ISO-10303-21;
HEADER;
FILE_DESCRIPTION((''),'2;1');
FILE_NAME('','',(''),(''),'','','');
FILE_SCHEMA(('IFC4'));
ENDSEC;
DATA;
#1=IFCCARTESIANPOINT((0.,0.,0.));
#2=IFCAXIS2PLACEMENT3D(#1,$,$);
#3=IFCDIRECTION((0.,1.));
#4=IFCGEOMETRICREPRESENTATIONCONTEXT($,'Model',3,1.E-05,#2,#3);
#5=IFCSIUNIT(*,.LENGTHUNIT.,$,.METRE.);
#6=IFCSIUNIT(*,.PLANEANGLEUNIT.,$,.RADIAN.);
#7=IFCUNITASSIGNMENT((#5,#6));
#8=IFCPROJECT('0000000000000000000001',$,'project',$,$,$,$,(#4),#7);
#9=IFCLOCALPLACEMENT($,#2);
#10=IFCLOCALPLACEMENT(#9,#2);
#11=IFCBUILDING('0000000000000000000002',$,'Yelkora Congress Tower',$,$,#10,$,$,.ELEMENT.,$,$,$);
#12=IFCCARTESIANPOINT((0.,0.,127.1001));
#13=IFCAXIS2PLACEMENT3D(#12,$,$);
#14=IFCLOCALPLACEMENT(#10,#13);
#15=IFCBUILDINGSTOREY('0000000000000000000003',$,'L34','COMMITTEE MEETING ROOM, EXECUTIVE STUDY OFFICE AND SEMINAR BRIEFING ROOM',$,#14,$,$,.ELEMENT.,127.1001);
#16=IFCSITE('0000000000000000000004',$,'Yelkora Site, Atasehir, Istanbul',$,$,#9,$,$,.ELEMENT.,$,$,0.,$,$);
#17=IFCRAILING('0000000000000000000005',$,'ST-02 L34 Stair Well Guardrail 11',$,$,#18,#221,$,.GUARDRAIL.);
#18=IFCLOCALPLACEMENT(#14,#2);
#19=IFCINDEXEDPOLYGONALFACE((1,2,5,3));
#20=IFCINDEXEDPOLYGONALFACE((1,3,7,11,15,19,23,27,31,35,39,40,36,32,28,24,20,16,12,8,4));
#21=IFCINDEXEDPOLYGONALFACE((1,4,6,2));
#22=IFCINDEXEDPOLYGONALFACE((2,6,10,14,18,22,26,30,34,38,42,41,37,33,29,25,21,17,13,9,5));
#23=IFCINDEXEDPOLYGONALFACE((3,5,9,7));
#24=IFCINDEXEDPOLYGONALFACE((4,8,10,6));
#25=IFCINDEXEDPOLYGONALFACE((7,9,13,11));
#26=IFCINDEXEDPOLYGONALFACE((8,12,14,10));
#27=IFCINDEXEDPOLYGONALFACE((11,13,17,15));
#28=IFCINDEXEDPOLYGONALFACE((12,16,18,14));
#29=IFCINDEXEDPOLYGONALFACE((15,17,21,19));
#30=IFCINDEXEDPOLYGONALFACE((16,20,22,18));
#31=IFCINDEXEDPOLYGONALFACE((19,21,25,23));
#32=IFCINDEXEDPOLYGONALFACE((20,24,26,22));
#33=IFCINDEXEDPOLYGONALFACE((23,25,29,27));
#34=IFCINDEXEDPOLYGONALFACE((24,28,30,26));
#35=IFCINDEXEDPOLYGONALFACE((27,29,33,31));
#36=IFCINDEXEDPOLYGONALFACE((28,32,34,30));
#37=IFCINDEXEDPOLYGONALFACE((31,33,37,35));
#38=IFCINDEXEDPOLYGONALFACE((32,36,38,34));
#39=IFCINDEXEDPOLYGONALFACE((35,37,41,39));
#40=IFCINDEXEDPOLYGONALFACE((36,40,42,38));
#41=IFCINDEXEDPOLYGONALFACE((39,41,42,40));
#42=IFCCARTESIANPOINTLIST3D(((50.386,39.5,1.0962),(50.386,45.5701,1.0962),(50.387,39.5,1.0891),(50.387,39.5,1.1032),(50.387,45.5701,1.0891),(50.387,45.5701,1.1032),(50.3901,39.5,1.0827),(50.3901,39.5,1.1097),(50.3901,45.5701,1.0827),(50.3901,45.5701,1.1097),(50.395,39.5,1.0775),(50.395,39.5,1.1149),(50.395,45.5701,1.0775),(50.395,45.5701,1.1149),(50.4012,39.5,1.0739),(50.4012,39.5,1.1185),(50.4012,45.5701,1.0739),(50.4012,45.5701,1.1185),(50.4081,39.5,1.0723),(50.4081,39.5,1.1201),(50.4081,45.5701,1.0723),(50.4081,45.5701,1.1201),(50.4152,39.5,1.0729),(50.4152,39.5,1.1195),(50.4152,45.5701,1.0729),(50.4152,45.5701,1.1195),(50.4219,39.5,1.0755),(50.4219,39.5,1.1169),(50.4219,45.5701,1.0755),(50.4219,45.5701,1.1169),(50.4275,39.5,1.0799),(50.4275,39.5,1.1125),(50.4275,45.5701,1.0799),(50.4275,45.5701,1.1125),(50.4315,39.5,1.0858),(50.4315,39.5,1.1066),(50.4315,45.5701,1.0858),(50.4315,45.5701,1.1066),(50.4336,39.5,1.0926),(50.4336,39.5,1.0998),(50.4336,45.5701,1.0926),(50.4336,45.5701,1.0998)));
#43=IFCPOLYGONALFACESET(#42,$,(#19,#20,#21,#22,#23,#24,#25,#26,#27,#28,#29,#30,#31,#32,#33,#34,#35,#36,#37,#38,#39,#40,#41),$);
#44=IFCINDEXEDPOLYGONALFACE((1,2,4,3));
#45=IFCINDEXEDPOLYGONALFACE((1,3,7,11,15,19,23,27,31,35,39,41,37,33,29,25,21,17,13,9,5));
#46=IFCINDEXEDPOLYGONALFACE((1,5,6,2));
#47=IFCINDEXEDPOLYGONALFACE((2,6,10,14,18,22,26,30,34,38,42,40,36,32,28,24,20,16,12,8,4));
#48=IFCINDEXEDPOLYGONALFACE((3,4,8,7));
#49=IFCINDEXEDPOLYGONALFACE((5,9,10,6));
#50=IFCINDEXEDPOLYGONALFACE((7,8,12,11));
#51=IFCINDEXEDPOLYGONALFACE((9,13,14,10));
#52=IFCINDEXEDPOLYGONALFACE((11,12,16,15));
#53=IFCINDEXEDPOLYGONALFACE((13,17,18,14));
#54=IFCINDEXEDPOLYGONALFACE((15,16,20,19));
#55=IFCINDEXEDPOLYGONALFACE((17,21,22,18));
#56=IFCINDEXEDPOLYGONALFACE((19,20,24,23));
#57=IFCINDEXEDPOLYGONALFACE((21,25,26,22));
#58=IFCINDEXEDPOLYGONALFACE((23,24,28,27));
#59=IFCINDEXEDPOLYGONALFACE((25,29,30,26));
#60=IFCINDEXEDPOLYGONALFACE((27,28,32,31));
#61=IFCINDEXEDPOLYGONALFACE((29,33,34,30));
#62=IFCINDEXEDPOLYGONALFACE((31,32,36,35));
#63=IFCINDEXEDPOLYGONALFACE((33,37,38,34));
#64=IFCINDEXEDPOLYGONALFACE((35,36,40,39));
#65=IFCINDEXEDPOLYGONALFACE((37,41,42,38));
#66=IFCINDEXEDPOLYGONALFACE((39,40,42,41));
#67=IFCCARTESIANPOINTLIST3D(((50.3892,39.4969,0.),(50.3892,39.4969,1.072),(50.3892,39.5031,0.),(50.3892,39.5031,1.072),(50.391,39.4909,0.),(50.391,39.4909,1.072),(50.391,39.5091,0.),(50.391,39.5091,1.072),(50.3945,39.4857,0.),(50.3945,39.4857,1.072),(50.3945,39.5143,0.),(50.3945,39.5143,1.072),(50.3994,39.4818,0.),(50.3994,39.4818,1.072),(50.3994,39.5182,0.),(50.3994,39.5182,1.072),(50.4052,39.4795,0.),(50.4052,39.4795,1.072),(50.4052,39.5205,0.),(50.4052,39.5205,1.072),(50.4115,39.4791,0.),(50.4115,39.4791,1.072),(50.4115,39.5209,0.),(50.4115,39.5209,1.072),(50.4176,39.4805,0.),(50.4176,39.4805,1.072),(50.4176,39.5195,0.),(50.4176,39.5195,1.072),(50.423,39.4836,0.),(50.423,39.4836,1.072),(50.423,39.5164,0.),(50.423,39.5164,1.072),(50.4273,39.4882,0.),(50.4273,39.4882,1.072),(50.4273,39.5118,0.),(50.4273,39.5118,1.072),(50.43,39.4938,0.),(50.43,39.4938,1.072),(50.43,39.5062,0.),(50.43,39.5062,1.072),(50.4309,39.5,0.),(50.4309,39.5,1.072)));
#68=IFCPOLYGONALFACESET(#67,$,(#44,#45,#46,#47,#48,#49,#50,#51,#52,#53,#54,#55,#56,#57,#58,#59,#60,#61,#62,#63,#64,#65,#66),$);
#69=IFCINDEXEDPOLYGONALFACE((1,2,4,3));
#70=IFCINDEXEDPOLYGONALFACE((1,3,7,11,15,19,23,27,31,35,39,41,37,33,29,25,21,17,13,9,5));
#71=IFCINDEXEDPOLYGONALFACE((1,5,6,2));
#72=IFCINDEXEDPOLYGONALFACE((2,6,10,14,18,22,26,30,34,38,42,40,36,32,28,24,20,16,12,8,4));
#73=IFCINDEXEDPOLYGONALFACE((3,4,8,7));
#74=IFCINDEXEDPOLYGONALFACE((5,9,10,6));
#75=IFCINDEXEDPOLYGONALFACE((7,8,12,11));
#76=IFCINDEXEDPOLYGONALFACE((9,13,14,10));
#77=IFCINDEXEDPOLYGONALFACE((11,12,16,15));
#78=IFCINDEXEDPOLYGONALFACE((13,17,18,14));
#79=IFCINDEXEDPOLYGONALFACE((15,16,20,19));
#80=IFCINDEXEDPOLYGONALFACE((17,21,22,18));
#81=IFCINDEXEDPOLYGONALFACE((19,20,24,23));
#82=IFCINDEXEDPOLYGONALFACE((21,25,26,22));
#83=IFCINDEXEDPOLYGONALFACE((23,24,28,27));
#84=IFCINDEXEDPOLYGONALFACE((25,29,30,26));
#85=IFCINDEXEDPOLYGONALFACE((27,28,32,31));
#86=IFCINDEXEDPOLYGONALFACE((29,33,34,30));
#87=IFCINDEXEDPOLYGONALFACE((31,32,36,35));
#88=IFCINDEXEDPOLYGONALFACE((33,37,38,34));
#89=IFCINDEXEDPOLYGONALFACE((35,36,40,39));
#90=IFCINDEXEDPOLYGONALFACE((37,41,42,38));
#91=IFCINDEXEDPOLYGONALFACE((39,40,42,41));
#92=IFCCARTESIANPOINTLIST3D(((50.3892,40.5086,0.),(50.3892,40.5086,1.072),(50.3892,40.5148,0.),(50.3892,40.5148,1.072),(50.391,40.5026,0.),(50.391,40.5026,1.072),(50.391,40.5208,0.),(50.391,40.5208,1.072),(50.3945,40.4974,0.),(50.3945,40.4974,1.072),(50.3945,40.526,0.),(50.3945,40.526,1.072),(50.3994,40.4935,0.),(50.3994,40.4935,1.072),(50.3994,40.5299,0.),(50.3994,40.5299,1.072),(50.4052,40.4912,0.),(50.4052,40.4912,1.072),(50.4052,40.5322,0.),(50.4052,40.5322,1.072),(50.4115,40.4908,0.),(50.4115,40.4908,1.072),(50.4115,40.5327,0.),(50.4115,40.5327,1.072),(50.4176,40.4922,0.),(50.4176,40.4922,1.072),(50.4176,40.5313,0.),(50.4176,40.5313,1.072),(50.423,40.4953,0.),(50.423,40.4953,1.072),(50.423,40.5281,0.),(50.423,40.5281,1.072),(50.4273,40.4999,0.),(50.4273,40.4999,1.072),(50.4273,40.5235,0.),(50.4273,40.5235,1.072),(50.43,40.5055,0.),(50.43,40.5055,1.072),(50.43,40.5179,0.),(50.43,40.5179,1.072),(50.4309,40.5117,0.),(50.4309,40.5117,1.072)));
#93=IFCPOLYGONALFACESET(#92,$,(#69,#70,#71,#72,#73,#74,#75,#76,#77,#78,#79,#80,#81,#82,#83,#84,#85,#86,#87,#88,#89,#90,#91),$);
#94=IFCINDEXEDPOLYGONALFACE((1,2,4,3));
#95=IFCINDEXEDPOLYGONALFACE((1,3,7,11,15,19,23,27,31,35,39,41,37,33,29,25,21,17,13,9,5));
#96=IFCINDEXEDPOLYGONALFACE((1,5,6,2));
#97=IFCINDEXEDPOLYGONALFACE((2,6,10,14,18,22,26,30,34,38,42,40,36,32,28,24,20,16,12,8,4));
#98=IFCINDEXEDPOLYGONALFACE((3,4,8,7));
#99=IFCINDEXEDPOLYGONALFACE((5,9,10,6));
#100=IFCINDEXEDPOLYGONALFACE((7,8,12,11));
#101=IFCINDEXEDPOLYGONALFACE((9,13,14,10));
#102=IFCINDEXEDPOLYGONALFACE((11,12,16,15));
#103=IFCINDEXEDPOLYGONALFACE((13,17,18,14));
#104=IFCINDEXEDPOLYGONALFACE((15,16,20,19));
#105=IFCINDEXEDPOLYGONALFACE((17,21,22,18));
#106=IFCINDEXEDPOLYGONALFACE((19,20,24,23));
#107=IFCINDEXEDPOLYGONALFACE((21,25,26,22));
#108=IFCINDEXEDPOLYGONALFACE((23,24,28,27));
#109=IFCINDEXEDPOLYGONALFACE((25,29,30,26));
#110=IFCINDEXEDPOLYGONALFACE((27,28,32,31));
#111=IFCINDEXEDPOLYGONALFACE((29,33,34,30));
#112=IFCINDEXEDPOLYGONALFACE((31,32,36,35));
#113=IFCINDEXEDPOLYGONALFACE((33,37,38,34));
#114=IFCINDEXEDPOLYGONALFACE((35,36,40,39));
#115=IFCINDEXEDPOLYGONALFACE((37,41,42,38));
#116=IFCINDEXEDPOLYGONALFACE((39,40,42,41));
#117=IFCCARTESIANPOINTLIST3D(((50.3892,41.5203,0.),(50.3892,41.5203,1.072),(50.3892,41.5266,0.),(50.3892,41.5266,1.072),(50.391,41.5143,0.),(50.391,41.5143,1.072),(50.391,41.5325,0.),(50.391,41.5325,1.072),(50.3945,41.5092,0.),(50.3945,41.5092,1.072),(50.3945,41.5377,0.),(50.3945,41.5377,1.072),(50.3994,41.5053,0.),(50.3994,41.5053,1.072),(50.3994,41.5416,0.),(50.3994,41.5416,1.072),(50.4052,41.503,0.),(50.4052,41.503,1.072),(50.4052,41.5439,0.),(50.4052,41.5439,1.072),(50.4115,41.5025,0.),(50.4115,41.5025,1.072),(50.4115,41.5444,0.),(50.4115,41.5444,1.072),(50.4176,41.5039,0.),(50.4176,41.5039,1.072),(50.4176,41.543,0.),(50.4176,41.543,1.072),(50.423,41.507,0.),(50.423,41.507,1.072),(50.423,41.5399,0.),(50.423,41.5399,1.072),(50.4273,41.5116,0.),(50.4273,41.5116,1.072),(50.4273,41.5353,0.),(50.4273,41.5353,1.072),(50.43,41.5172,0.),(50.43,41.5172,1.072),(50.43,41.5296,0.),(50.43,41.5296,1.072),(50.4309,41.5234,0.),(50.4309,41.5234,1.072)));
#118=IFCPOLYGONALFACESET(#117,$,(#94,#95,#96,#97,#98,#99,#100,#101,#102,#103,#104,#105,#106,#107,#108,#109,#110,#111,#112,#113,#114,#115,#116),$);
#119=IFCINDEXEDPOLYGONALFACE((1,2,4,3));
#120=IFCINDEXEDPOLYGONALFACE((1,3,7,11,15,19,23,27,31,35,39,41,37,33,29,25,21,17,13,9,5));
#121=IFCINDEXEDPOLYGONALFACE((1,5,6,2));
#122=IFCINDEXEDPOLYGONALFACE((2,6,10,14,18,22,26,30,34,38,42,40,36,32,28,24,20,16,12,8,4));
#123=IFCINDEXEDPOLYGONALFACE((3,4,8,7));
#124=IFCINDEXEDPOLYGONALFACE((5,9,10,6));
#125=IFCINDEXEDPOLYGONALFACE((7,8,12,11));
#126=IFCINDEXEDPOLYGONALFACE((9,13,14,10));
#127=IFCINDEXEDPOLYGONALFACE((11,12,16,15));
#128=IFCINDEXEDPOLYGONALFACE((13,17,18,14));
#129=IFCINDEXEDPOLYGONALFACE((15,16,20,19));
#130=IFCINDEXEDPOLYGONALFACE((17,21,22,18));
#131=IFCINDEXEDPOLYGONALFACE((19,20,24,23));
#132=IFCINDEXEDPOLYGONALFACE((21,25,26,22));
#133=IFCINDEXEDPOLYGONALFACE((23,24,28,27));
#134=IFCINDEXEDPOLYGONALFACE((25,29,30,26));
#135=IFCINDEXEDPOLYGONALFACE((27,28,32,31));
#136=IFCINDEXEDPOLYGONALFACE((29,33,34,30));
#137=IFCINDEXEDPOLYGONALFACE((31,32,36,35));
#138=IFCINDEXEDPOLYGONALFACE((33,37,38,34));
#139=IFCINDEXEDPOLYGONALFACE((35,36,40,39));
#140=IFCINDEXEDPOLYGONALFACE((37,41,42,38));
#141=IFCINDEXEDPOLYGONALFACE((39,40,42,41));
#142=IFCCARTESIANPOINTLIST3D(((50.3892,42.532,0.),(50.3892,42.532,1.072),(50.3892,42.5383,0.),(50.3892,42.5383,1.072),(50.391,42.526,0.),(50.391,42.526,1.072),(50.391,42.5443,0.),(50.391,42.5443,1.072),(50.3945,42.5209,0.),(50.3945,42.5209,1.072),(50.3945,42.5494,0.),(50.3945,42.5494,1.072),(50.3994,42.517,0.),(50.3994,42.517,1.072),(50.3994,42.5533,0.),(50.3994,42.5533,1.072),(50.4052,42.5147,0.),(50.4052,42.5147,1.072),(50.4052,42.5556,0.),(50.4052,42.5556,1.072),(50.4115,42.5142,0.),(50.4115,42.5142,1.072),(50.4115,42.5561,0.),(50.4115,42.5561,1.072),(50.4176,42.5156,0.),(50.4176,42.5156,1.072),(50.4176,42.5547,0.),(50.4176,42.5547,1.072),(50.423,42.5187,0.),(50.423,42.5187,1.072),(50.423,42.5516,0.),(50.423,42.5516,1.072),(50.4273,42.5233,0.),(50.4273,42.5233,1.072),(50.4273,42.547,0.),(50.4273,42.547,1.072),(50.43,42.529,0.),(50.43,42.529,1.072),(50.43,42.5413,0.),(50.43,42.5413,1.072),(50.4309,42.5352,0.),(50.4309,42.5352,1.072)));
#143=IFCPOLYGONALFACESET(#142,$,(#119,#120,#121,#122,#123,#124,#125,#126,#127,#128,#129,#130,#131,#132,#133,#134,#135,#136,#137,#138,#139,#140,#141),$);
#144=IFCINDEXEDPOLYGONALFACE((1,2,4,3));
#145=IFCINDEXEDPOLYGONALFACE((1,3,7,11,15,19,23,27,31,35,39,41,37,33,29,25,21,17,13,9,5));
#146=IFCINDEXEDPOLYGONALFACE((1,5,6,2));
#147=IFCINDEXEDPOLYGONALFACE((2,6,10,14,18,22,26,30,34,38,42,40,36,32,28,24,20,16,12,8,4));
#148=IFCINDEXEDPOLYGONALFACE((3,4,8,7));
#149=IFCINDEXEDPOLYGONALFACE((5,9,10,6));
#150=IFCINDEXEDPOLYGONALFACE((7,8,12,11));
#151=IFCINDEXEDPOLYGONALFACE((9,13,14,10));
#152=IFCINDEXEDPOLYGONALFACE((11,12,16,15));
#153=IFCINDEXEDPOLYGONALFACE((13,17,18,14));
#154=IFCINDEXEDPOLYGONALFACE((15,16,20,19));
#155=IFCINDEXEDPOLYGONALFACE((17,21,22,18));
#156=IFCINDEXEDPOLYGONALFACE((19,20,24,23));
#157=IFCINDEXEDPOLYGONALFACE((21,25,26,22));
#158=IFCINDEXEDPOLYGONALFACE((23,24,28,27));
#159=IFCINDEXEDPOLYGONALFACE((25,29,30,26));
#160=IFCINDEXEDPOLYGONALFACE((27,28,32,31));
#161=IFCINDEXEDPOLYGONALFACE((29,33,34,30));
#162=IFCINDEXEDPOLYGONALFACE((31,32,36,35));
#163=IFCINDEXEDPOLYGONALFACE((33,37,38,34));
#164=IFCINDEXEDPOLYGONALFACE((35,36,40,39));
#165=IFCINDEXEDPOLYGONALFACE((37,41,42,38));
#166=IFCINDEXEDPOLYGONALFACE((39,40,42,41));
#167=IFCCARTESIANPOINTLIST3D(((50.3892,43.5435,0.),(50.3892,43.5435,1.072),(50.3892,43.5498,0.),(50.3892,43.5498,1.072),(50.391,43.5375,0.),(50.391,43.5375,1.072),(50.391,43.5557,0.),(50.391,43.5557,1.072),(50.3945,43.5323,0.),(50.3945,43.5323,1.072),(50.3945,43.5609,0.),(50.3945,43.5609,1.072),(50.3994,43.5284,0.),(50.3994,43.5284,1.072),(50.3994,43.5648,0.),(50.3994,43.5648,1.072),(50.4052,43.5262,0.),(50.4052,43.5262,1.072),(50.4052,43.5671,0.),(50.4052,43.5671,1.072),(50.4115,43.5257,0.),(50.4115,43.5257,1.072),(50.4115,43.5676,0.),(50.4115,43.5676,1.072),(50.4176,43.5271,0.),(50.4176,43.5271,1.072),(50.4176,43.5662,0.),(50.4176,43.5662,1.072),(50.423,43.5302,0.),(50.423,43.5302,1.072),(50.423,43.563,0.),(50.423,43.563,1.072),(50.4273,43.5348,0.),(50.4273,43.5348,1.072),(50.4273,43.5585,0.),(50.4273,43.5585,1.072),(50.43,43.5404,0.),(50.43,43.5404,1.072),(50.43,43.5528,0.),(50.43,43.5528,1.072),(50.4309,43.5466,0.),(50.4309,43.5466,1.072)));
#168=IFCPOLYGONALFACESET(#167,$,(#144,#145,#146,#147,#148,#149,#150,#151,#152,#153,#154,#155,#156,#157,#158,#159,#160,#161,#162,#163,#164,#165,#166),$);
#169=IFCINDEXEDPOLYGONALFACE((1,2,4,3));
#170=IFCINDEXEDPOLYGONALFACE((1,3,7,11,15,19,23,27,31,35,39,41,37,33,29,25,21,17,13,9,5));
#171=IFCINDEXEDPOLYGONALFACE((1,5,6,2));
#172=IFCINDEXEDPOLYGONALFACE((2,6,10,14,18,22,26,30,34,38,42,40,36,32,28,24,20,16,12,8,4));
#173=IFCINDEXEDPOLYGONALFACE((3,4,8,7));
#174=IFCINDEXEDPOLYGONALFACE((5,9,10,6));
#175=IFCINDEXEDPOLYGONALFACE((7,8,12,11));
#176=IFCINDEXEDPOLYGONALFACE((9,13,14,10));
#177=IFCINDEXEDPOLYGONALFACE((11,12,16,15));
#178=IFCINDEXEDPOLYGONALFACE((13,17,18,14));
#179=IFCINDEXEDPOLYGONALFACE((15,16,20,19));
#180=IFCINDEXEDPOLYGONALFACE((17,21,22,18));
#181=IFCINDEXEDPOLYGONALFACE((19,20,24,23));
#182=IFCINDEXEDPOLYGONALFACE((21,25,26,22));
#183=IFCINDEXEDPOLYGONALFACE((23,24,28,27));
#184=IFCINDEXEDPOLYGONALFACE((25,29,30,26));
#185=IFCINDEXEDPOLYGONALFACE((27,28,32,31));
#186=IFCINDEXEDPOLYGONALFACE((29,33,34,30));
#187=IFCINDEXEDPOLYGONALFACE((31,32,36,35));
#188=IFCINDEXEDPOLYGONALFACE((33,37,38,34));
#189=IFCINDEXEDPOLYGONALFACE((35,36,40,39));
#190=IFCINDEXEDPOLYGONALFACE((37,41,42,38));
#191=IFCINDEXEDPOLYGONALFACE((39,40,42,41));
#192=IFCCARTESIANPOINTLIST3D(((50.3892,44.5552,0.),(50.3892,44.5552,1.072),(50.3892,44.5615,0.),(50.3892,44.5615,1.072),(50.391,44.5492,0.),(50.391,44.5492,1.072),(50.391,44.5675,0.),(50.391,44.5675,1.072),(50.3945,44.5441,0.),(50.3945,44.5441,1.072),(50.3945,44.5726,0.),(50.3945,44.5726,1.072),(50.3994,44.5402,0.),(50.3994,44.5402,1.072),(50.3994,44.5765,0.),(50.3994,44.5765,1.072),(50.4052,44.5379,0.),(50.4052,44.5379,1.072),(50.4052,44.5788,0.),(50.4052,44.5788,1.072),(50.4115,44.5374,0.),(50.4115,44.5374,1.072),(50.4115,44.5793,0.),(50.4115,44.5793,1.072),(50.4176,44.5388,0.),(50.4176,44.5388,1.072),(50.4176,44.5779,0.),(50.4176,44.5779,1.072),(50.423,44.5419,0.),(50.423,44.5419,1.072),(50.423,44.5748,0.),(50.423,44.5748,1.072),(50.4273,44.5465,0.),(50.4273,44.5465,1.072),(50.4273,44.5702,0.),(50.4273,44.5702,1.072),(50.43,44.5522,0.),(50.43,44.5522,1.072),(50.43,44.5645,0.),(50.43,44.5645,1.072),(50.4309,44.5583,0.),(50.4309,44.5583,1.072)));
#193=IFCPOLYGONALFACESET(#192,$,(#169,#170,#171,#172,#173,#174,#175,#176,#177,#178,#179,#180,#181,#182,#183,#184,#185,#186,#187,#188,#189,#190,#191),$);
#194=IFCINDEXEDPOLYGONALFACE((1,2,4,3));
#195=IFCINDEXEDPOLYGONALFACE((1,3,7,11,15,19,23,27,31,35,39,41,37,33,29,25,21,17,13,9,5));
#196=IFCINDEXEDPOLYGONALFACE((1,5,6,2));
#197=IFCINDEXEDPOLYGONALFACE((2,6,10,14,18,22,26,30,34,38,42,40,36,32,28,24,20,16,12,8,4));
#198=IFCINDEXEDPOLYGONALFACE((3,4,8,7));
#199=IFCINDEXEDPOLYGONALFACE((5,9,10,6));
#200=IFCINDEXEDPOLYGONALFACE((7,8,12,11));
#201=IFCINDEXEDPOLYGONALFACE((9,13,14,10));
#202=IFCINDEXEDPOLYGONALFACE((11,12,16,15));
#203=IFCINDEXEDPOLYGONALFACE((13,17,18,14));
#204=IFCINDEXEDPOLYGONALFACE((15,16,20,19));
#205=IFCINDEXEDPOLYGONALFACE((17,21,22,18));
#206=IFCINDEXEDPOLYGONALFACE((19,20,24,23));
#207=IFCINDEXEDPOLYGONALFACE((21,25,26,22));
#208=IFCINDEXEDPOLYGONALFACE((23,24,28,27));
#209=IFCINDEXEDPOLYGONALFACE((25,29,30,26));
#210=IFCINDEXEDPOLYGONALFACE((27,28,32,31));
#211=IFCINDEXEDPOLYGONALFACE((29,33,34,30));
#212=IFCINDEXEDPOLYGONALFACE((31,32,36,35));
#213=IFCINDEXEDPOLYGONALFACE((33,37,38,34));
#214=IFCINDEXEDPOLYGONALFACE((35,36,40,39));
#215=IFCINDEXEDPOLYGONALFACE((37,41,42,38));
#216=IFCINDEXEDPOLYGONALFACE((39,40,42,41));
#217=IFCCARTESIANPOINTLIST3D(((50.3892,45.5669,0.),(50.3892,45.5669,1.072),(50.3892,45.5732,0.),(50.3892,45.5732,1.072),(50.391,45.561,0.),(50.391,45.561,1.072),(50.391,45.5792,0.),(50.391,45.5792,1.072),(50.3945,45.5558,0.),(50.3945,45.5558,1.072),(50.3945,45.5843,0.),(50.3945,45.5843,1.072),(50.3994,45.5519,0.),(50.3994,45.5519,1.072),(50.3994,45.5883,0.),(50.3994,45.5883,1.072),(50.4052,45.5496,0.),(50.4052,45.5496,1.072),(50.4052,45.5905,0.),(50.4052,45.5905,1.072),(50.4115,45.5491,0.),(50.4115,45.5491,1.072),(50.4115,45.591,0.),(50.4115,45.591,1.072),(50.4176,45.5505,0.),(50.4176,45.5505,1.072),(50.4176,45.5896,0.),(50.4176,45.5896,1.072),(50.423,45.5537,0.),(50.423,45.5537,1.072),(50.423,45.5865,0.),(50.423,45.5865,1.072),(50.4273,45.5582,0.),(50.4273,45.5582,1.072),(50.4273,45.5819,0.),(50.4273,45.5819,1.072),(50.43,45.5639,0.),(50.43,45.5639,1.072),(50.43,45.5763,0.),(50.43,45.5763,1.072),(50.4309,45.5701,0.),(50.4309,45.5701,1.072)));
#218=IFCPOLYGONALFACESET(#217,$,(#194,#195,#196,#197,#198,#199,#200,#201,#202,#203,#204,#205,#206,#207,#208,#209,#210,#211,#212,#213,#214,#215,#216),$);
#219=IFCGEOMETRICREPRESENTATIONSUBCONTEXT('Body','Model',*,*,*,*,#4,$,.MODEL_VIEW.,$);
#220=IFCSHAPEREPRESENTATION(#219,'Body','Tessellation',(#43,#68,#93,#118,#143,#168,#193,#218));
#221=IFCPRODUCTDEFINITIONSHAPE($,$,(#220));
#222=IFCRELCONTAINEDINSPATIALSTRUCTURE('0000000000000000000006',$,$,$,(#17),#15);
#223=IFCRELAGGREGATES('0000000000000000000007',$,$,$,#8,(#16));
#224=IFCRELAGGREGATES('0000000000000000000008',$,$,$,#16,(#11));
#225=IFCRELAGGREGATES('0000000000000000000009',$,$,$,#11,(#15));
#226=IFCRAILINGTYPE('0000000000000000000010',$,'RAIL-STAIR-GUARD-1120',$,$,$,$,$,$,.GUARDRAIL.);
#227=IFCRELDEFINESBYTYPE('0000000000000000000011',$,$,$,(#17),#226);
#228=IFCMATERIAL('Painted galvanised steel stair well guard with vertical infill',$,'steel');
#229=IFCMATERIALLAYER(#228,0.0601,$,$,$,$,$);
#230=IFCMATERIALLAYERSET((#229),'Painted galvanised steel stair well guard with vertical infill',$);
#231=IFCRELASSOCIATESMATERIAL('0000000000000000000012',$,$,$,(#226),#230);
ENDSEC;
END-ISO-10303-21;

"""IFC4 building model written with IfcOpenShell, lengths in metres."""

from ifc_helpers import new_model, si_unit, direction, frame, origin, origin_2d, place, context, subcontext, project, spatial, circle, extrude, material, layer, layer_set, type_object, element, save


model = new_model("IFC4")

# Units and contexts
model_context = context("Model", 3, precision=1e-05, world=origin(), true_north=direction((0.0, 1.0)))
body_context = subcontext(model_context, "Body", "Model", "MODEL_VIEW")
ifc_project = project(units=[si_unit("LENGTHUNIT", "METRE"), si_unit("PLANEANGLEUNIT", "RADIAN")], contexts=[model_context])

# Site, building, storey
site_placement = place(None, origin())
site = spatial("IfcSite", under=ifc_project, at=site_placement, Name="Yelkora Site, Atasehir, Istanbul", CompositionType="ELEMENT", RefElevation=0.0)
building_placement = place(site_placement, origin())
building = spatial("IfcBuilding", under=site, at=building_placement, Name="Yelkora Congress Tower", CompositionType="ELEMENT")
storey_placement = place(building_placement, frame((0.0, 0.0, 127.1001)))
storey = spatial("IfcBuildingStorey", under=building, at=storey_placement, Name="L34", Description="COMMITTEE MEETING ROOM, EXECUTIVE STUDY OFFICE AND SEMINAR BRIEFING ROOM", CompositionType="ELEMENT", Elevation=127.1001)

# Railing
ifc_material_1 = material(Name="Painted galvanised steel stair well guard with vertical infill", Category="steel")
ifc_layer_1 = layer(ifc_material_1, 0.0601)
ifc_layer_set_1 = layer_set([ifc_layer_1], Name="Painted galvanised steel stair well guard with vertical infill")
railing_type_1 = type_object("IfcRailingType", Name="RAIL-STAIR-GUARD-1120", PredefinedType="GUARDRAIL", material=ifc_layer_set_1)
railing_1_placement = place(storey_placement, frame((50.4099, 39.5, 0.0)))
element("IfcRailing", 1, at=railing_1_placement, inside=storey, type_object=railing_type_1, Name="ST-02 L34 Stair Well Guardrail 11", PredefinedType="GUARDRAIL", context=body_context, shape_type="SweptSolid", body=[
    extrude(circle(Radius=0.0239, at=origin_2d()), frame((0.0, 0.0, 1.0962), z_axis=(0.0, 1.0, 0.0), x_axis=(-1.0, 0.0, 0.0)), (0.0, 0.0, 1.0), 6.0701),
    extrude(circle(Radius=0.021, at=origin_2d()), origin(), (0.0, 0.0, 1.0), 1.072),
    extrude(circle(Radius=0.021, at=origin_2d()), frame((0.0, 1.0117, 0.0)), (0.0, 0.0, 1.0), 1.072),
    extrude(circle(Radius=0.021, at=origin_2d()), frame((0.0, 2.0234, 0.0)), (0.0, 0.0, 1.0), 1.072),
    extrude(circle(Radius=0.021, at=origin_2d()), frame((0.0, 3.0352, 0.0)), (0.0, 0.0, 1.0), 1.072),
    extrude(circle(Radius=0.021, at=origin_2d()), frame((0.0, 4.0466, 0.0)), (0.0, 0.0, 1.0), 1.072),
    extrude(circle(Radius=0.021, at=origin_2d()), frame((0.0, 5.0583, 0.0)), (0.0, 0.0, 1.0), 1.072),
    extrude(circle(Radius=0.021, at=origin_2d()), frame((0.0, 6.0701, 0.0)), (0.0, 0.0, 1.0), 1.072),
])

save(model, "model.ifc")
